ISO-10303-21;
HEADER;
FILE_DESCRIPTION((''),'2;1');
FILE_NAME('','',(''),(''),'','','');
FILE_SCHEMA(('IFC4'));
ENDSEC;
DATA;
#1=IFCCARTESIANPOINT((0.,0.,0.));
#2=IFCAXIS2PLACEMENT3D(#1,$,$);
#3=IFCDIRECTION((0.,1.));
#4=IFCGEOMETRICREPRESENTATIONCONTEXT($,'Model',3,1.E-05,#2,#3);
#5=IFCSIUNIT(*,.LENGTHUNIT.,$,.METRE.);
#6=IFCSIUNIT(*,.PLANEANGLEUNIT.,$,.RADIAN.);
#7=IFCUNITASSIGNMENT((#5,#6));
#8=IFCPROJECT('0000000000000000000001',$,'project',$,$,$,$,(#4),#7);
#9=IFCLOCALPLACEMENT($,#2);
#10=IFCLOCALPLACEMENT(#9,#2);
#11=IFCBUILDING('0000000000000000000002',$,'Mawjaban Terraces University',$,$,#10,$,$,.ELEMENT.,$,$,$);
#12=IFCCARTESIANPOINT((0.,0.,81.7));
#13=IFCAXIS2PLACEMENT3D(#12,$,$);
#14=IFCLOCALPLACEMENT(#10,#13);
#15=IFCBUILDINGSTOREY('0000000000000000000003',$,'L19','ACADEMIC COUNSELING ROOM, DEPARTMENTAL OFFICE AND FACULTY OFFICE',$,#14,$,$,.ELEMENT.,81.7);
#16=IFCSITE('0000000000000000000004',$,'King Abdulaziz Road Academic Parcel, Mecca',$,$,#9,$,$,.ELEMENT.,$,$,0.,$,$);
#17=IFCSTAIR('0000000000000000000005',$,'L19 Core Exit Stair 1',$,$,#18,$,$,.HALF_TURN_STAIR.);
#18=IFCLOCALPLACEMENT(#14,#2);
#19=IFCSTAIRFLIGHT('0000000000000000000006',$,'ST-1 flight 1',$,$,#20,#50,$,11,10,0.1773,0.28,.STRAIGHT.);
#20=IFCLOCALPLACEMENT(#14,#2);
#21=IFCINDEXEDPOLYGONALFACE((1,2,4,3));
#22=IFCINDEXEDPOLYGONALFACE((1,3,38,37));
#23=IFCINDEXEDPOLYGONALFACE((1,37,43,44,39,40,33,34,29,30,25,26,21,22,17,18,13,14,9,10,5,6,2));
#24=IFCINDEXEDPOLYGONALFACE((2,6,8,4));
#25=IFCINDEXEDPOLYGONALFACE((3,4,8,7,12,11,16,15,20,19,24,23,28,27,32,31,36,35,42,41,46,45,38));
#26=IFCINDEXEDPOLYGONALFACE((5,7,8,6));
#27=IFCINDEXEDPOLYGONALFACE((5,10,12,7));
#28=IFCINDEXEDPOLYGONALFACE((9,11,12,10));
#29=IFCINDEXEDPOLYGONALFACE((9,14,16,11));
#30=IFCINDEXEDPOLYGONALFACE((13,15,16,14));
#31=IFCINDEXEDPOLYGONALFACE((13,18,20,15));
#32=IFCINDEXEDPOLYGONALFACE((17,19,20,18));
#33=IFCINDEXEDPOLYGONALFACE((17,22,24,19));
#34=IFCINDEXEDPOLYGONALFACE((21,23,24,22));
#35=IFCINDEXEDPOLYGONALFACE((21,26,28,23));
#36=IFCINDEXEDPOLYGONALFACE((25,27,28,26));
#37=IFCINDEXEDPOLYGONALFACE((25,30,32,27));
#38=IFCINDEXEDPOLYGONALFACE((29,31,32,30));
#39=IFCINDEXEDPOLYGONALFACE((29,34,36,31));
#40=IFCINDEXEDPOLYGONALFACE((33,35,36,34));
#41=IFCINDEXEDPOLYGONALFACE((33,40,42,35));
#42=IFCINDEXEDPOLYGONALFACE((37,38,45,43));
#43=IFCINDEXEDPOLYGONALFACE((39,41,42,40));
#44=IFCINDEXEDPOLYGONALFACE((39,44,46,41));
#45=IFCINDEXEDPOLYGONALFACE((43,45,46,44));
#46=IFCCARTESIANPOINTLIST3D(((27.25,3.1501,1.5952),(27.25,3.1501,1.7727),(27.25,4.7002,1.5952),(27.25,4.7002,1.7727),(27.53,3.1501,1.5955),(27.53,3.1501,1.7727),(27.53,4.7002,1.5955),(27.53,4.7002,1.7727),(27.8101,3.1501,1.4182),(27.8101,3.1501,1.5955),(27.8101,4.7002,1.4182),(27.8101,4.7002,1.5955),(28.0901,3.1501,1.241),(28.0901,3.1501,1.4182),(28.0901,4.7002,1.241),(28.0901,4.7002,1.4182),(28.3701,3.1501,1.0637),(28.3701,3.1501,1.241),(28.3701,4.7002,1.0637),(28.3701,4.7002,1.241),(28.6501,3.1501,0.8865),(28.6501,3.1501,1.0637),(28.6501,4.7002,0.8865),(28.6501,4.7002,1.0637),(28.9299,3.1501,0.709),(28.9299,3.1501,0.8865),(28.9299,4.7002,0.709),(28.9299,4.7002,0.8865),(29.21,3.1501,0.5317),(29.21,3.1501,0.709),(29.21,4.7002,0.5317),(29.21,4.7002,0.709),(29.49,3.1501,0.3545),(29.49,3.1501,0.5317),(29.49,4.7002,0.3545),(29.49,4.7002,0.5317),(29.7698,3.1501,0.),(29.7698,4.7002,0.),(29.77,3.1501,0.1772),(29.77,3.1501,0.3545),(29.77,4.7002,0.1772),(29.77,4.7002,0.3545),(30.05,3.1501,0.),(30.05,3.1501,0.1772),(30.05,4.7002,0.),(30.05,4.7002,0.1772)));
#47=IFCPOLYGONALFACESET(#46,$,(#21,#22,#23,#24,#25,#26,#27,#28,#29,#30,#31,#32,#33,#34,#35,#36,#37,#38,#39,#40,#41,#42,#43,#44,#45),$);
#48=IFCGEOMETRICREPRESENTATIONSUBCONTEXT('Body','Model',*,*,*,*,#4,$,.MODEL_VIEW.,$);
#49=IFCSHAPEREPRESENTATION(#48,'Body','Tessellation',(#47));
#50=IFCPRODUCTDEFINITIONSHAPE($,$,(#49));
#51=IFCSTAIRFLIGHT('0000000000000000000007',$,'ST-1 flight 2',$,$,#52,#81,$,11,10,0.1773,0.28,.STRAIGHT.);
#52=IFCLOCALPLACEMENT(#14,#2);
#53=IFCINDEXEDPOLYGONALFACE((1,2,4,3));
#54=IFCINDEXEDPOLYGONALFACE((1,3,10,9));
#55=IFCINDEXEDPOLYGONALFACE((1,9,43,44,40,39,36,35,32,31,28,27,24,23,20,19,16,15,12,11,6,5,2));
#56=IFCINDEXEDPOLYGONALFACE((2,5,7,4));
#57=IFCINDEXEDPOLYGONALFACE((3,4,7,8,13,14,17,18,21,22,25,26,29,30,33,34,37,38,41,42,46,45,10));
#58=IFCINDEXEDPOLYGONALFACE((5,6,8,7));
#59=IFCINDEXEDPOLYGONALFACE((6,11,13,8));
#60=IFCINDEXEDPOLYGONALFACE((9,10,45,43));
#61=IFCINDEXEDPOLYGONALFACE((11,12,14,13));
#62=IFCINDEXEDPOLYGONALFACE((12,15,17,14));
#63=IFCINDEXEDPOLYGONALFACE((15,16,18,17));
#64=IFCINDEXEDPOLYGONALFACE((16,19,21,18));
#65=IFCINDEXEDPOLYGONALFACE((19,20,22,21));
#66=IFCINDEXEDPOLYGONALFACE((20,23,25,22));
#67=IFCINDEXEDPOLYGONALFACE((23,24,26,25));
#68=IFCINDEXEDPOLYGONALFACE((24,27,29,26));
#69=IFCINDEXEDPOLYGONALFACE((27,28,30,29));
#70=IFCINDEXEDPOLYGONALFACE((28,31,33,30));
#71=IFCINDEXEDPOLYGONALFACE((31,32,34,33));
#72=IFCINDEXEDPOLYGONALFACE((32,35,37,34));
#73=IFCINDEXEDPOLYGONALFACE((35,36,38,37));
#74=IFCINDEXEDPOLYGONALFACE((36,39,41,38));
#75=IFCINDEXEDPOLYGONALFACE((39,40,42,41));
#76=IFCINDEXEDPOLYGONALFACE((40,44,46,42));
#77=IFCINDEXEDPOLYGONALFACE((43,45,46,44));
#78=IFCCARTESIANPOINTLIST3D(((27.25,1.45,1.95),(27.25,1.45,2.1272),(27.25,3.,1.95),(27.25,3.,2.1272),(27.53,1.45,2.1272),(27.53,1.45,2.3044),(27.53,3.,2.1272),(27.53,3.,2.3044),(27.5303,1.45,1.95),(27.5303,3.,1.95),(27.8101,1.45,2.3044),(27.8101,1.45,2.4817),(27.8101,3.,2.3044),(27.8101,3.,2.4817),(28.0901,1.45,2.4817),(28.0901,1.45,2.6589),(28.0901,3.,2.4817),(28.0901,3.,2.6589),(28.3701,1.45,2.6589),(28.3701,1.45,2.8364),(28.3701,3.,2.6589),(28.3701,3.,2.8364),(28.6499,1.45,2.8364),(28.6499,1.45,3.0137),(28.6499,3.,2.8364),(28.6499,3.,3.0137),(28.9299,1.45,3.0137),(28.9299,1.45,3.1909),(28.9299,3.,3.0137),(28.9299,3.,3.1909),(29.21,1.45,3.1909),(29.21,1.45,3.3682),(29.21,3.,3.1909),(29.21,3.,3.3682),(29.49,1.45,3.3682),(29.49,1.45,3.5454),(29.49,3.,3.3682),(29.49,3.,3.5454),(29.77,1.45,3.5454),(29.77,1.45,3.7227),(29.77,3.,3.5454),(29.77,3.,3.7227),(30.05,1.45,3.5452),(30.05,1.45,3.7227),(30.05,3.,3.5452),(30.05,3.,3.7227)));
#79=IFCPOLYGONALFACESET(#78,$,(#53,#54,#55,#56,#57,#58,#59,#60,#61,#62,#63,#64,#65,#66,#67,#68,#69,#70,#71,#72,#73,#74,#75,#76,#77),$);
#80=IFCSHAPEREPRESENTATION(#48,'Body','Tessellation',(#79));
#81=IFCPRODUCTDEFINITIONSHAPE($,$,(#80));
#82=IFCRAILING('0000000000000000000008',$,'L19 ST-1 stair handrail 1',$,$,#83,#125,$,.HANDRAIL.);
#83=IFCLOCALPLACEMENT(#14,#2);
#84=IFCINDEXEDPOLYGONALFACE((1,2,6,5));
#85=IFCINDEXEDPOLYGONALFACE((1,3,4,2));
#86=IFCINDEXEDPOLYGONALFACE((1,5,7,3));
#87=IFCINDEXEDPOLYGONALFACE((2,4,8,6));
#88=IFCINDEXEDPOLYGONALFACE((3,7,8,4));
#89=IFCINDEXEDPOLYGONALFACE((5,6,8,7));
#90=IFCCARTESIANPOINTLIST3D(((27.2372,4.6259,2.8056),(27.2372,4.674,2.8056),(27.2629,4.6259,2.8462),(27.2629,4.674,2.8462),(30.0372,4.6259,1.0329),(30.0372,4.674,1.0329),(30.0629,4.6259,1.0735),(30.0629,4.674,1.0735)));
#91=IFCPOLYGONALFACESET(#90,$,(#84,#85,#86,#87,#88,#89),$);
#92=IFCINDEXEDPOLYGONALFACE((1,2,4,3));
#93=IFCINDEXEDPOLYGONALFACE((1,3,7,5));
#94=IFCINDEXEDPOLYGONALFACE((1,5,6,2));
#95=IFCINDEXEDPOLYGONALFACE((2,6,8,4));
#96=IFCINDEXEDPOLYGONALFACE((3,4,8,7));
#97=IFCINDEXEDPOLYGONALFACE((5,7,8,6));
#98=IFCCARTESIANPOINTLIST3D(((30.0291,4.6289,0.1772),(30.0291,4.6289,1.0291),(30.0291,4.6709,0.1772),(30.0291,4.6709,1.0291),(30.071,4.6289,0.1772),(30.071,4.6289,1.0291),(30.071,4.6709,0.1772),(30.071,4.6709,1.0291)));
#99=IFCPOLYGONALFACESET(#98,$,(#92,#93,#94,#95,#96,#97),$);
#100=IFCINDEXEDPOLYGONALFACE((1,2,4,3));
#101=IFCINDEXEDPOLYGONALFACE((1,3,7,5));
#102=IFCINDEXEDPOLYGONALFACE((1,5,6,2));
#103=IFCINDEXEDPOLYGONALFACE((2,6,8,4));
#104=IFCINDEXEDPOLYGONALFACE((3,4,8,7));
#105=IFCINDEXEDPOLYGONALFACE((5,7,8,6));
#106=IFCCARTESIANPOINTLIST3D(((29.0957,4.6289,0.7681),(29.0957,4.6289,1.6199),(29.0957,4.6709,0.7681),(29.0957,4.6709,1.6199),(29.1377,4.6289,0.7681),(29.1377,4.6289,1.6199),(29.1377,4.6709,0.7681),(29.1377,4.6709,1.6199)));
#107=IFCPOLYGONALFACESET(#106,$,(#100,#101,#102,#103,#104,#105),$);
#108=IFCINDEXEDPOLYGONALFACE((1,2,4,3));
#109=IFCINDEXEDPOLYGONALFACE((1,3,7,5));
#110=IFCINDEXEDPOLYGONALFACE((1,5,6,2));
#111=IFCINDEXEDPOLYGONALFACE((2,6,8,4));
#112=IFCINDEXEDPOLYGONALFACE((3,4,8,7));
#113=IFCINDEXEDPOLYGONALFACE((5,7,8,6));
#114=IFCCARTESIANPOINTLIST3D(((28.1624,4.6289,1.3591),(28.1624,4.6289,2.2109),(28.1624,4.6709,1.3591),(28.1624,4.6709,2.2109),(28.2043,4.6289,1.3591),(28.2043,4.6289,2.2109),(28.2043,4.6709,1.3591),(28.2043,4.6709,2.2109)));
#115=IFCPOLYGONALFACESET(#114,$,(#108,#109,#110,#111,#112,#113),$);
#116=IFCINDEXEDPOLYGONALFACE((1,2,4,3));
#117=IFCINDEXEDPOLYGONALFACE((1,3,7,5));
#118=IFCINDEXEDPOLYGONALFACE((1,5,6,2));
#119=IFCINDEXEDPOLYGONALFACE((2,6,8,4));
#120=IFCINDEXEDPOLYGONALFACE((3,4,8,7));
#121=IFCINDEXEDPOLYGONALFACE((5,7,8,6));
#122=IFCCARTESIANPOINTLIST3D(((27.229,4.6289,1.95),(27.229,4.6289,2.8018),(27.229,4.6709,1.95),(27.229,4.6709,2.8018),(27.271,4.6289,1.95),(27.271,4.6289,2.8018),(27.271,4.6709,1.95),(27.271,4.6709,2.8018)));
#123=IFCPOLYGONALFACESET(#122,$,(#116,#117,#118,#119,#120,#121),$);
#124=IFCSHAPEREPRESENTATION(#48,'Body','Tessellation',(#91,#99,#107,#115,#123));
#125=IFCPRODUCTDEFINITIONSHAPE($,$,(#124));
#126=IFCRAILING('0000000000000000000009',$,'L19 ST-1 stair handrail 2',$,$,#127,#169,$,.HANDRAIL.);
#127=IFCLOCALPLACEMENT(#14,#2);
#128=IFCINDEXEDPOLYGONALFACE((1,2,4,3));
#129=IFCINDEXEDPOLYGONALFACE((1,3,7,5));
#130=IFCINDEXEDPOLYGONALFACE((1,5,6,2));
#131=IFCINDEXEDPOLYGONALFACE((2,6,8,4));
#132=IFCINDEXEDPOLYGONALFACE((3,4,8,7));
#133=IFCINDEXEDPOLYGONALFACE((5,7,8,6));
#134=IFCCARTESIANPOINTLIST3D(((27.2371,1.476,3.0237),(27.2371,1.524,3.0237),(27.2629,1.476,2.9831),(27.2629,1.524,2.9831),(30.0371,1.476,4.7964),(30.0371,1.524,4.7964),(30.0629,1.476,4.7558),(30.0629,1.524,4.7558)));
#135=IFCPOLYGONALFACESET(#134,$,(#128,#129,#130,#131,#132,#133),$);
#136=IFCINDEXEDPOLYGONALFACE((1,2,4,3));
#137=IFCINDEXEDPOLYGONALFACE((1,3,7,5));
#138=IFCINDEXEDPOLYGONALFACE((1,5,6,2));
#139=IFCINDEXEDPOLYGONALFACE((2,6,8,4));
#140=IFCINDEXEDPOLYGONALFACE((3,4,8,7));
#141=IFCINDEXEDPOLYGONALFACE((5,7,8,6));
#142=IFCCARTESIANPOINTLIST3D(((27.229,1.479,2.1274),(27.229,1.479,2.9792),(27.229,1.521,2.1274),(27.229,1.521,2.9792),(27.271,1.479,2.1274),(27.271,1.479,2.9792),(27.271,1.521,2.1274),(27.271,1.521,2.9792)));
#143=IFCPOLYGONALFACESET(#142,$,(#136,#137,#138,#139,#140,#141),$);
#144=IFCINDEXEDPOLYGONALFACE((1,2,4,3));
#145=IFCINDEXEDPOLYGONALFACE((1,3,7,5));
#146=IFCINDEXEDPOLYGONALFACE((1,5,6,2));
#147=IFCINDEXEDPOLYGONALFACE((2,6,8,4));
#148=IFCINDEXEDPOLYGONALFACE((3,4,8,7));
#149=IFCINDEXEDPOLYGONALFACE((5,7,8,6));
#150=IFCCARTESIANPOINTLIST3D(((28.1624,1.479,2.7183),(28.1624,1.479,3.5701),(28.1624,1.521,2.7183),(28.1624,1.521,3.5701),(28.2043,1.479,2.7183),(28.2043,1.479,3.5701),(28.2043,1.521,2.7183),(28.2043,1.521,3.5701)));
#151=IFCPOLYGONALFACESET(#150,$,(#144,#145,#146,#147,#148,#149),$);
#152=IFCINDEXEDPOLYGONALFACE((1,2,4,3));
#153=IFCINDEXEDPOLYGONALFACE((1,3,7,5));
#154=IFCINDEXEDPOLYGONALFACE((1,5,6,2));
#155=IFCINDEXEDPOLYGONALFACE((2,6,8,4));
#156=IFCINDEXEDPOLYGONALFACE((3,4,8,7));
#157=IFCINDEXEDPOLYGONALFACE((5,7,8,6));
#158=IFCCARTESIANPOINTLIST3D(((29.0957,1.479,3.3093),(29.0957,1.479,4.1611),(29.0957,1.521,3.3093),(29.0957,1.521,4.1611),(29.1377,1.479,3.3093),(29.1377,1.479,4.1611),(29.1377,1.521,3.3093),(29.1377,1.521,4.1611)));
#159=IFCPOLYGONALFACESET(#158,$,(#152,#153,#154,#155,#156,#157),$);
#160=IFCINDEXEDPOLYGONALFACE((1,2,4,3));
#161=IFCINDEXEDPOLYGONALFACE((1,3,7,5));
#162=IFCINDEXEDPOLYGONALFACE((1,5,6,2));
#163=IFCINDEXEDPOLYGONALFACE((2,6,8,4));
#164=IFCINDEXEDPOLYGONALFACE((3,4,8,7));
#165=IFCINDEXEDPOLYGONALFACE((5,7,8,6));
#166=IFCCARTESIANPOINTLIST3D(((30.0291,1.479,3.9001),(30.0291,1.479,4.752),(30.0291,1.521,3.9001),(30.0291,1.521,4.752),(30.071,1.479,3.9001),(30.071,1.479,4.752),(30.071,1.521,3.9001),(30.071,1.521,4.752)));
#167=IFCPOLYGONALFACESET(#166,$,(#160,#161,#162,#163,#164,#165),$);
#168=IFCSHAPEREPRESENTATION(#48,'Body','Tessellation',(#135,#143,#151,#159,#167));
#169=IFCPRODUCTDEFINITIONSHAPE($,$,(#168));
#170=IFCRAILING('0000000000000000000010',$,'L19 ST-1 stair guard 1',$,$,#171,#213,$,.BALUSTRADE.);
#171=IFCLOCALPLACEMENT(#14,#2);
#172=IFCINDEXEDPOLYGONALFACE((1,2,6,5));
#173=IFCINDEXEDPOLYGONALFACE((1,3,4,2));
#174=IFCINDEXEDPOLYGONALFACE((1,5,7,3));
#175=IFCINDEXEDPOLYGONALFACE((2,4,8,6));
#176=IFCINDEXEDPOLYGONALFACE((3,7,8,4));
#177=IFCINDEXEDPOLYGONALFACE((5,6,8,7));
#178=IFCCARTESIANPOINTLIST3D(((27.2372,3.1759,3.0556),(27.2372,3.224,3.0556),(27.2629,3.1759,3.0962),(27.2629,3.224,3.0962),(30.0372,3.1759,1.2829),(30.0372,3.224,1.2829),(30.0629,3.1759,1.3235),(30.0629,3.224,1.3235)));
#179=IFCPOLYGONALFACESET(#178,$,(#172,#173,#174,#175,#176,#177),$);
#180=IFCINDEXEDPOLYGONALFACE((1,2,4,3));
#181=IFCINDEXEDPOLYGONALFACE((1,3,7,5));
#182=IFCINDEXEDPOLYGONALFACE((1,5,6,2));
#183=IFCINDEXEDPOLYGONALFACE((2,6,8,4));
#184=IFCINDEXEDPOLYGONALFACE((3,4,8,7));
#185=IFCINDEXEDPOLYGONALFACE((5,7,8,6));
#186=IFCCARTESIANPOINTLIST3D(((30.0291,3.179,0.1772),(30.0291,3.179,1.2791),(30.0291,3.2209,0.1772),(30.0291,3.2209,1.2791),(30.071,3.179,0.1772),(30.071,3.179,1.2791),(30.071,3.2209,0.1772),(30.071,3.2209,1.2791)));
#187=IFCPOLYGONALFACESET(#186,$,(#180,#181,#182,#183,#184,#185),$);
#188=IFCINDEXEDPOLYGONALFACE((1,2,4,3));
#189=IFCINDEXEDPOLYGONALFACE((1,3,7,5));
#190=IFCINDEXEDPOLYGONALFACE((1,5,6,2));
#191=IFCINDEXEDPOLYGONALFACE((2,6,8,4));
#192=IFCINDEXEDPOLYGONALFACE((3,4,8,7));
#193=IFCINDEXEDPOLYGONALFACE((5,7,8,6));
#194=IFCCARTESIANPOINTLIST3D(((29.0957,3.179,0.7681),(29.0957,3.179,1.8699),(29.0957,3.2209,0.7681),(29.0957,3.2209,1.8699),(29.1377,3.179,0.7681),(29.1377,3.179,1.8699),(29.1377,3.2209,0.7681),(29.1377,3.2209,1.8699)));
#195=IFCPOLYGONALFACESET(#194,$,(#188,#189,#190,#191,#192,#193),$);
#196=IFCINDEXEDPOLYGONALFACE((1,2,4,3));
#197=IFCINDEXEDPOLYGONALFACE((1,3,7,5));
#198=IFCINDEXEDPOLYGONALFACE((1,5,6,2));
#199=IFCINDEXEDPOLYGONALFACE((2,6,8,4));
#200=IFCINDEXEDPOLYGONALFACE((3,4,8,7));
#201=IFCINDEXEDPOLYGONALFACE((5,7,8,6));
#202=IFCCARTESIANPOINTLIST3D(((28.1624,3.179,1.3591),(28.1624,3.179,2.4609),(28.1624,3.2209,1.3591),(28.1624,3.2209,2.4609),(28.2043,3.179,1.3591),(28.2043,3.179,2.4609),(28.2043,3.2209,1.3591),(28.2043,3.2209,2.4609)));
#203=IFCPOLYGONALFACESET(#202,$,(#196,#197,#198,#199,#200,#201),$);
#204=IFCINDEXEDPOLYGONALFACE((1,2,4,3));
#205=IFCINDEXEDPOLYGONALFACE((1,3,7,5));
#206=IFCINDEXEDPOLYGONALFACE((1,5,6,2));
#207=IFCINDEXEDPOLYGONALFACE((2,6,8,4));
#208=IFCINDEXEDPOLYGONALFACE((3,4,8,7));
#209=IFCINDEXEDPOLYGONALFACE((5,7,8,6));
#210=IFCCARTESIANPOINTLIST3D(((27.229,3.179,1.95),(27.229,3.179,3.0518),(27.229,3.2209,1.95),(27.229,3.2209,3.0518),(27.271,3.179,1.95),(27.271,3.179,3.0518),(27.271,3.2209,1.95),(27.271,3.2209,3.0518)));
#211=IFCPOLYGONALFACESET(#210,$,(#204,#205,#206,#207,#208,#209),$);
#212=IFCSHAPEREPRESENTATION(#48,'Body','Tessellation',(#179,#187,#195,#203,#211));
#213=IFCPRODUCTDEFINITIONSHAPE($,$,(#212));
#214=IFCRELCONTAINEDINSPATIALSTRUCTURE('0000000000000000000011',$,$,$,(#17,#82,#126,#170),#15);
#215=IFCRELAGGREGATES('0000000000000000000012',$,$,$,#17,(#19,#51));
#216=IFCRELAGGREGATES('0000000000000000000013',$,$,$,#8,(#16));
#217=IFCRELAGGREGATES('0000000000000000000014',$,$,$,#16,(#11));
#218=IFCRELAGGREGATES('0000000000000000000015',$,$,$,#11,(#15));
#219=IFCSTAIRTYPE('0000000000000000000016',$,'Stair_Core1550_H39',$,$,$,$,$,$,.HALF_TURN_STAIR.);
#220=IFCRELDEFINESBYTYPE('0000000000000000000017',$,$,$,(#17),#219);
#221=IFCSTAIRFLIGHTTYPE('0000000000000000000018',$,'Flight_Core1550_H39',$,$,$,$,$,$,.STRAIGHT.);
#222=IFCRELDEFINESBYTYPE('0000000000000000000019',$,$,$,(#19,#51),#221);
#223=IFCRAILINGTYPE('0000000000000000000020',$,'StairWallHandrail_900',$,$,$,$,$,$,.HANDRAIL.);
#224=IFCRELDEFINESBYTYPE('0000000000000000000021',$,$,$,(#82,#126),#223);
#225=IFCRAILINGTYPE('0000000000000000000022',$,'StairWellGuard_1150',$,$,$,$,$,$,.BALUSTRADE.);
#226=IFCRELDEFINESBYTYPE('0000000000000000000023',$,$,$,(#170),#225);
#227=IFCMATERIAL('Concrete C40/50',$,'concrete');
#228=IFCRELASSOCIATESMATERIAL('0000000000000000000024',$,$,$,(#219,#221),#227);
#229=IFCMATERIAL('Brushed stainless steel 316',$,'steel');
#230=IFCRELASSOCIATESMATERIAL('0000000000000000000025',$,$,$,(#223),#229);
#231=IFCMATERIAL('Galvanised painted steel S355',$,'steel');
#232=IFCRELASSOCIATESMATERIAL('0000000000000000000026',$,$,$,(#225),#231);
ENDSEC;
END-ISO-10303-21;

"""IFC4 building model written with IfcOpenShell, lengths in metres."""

from ifc_helpers import new_model, si_unit, direction, frame, origin, origin_2d, place, context, subcontext, project, spatial, polyline, rectangle, outline, extrude, material, type_object, element, aggregate, save


model = new_model("IFC4")

# Units and contexts
model_context = context("Model", 3, precision=1e-05, world=origin(), true_north=direction((0.0, 1.0)))
body_context = subcontext(model_context, "Body", "Model", "MODEL_VIEW")
ifc_project = project(units=[si_unit("LENGTHUNIT", "METRE"), si_unit("PLANEANGLEUNIT", "RADIAN")], contexts=[model_context])

# Site, building, storey
site_placement = place(None, origin())
site = spatial("IfcSite", under=ifc_project, at=site_placement, Name="King Abdulaziz Road Academic Parcel, Mecca", CompositionType="ELEMENT", RefElevation=0.0)
building_placement = place(site_placement, origin())
building = spatial("IfcBuilding", under=site, at=building_placement, Name="Mawjaban Terraces University", CompositionType="ELEMENT")
storey_placement = place(building_placement, frame((0.0, 0.0, 81.7)))
storey = spatial("IfcBuildingStorey", under=building, at=storey_placement, Name="L19", Description="ACADEMIC COUNSELING ROOM, DEPARTMENTAL OFFICE AND FACULTY OFFICE", CompositionType="ELEMENT", Elevation=81.7)

# Stair, stair flights
ifc_material_1 = material(Name="Concrete C40/50", Category="concrete")
stair_type = type_object("IfcStairType", Name="Stair_Core1550_H39", PredefinedType="HALF_TURN_STAIR", material=ifc_material_1)
stair_placement = place(storey_placement, origin())
stair = element("IfcStair", 1, at=stair_placement, inside=storey, type_object=stair_type, Name="L19 Core Exit Stair 1", PredefinedType="HALF_TURN_STAIR")
stair_flight_type = type_object("IfcStairFlightType", Name="Flight_Core1550_H39", PredefinedType="STRAIGHT", material=ifc_material_1)
stair_flight_1_placement = place(storey_placement, frame((30.05, 3.925, 0.0), z_axis=(0.0, 0.0, 1.0), x_axis=(-1.0, 0.0, 0.0)))
stair_flight_1 = element("IfcStairFlight", 2, at=stair_flight_1_placement, type_object=stair_flight_type, Name="ST-1 flight 1", NumberOfRisers=11, NumberOfTreads=10, PredefinedType="STRAIGHT", RiserHeight=0.1773, TreadLength=0.28, context=body_context, shape_type="SweptSolid", body=[
    extrude(outline(polyline([(0.0, 0.0), (0.0, 0.1772), (0.28, 0.1772), (0.28, 0.3545), (0.5601, 0.3545), (0.5601, 0.5317), (0.8401, 0.5317), (0.8401, 0.709), (1.1201, 0.709), (1.1201, 0.8865), (1.3999, 0.8865), (1.3999, 1.0637), (1.6799, 1.0637), (1.6799, 1.241), (1.96, 1.241), (1.96, 1.4182), (2.24, 1.4182), (2.24, 1.5955), (2.52, 1.5955), (2.52, 1.7727), (2.8, 1.7727), (2.8, 1.95), (2.8, 1.5952), (0.2803, 0.0), (0.0, 0.0)])), frame((0.0, 0.7749, 0.0), z_axis=(0.0, -1.0, 0.0), x_axis=(1.0, 0.0, 0.0)), (0.0, 0.0, 1.0), 1.55),
])
stair_flight_2_placement = place(storey_placement, frame((27.25, 2.2251, 1.95), z_axis=(0.0, 0.0, 1.0), x_axis=(1.0, 0.0, 0.0)))
stair_flight_2 = element("IfcStairFlight", 3, at=stair_flight_2_placement, type_object=stair_flight_type, Name="ST-1 flight 2", NumberOfRisers=11, NumberOfTreads=10, PredefinedType="STRAIGHT", RiserHeight=0.1773, TreadLength=0.28, context=body_context, shape_type="SweptSolid", body=[
    extrude(outline(polyline([(0.0, 0.0), (0.0, 0.1772), (0.28, 0.1772), (0.28, 0.3545), (0.5601, 0.3545), (0.5601, 0.5317), (0.8401, 0.5317), (0.8401, 0.709), (1.1201, 0.709), (1.1201, 0.8865), (1.3999, 0.8865), (1.3999, 1.0637), (1.6799, 1.0637), (1.6799, 1.241), (1.96, 1.241), (1.96, 1.4182), (2.24, 1.4182), (2.24, 1.5955), (2.52, 1.5955), (2.52, 1.7727), (2.8, 1.7727), (2.8, 1.95), (2.8, 1.5952), (0.2803, 0.0), (0.0, 0.0)])), frame((0.0, 0.7749, 0.0), z_axis=(0.0, -1.0, 0.0), x_axis=(1.0, 0.0, 0.0)), (0.0, 0.0, 1.0), 1.55),
])
aggregate(stair, [stair_flight_1, stair_flight_2])

# Railings
ifc_material_2 = material(Name="Brushed stainless steel 316", Category="steel")
railing_type_1 = type_object("IfcRailingType", Name="StairWallHandrail_900", PredefinedType="HANDRAIL", material=ifc_material_2)
railing_1_placement = place(storey_placement, frame((30.05, 4.6499, 0.1772)))
element("IfcRailing", 4, at=railing_1_placement, inside=storey, type_object=railing_type_1, Name="L19 ST-1 stair handrail 1", PredefinedType="HANDRAIL", context=body_context, shape_type="SweptSolid", body=[
    extrude(rectangle(XDim=0.0481, YDim=0.0481, at=origin_2d()), frame((0.0, 0.0, 0.876), z_axis=(-0.844909, 0.0, 0.53491), x_axis=(0.0, -1.0, 0.0)), (0.0, 0.0, 1.0), 3.314),
    extrude(rectangle(XDim=0.042, YDim=0.042, at=origin_2d()), origin(), (0.0, 0.0, 1.0), 0.8518),
    extrude(rectangle(XDim=0.042, YDim=0.042, at=origin_2d()), frame((-0.9333, 0.0, 0.5908)), (0.0, 0.0, 1.0), 0.8518),
    extrude(rectangle(XDim=0.042, YDim=0.042, at=origin_2d()), frame((-1.8667, 0.0, 1.1819)), (0.0, 0.0, 1.0), 0.8518),
    extrude(rectangle(XDim=0.042, YDim=0.042, at=origin_2d()), frame((-2.8, 0.0, 1.7727)), (0.0, 0.0, 1.0), 0.8518),
])
railing_2_placement = place(storey_placement, frame((27.25, 1.5, 2.1274)))
element("IfcRailing", 5, at=railing_2_placement, inside=storey, type_object=railing_type_1, Name="L19 ST-1 stair handrail 2", PredefinedType="HANDRAIL", context=body_context, shape_type="SweptSolid", body=[
    extrude(rectangle(XDim=0.0481, YDim=0.0481, at=origin_2d()), frame((0.0, 0.0, 0.876), z_axis=(0.844909, 0.0, 0.53491), x_axis=(0.0, 1.0, 0.0)), (0.0, 0.0, 1.0), 3.314),
    extrude(rectangle(XDim=0.042, YDim=0.042, at=origin_2d()), origin(), (0.0, 0.0, 1.0), 0.8518),
    extrude(rectangle(XDim=0.042, YDim=0.042, at=origin_2d()), frame((0.9333, 0.0, 0.5908)), (0.0, 0.0, 1.0), 0.8518),
    extrude(rectangle(XDim=0.042, YDim=0.042, at=origin_2d()), frame((1.8667, 0.0, 1.1819)), (0.0, 0.0, 1.0), 0.8518),
    extrude(rectangle(XDim=0.042, YDim=0.042, at=origin_2d()), frame((2.8, 0.0, 1.7727)), (0.0, 0.0, 1.0), 0.8518),
])
ifc_material_3 = material(Name="Galvanised painted steel S355", Category="steel")
railing_type_2 = type_object("IfcRailingType", Name="StairWellGuard_1150", PredefinedType="BALUSTRADE", material=ifc_material_3)
railing_3_placement = place(storey_placement, frame((30.05, 3.2, 0.1772)))
element("IfcRailing", 6, at=railing_3_placement, inside=storey, type_object=railing_type_2, Name="L19 ST-1 stair guard 1", PredefinedType="BALUSTRADE", context=body_context, shape_type="SweptSolid", body=[
    extrude(rectangle(XDim=0.0481, YDim=0.0481, at=origin_2d()), frame((0.0, 0.0, 1.126), z_axis=(-0.844909, 0.0, 0.53491), x_axis=(0.0, -1.0, 0.0)), (0.0, 0.0, 1.0), 3.314),
    extrude(rectangle(XDim=0.042, YDim=0.042, at=origin_2d()), origin(), (0.0, 0.0, 1.0), 1.1018),
    extrude(rectangle(XDim=0.042, YDim=0.042, at=origin_2d()), frame((-0.9333, 0.0, 0.5908)), (0.0, 0.0, 1.0), 1.1018),
    extrude(rectangle(XDim=0.042, YDim=0.042, at=origin_2d()), frame((-1.8667, 0.0, 1.1819)), (0.0, 0.0, 1.0), 1.1018),
    extrude(rectangle(XDim=0.042, YDim=0.042, at=origin_2d()), frame((-2.8, 0.0, 1.7727)), (0.0, 0.0, 1.0), 1.1018),
])

save(model, "model.ifc")
